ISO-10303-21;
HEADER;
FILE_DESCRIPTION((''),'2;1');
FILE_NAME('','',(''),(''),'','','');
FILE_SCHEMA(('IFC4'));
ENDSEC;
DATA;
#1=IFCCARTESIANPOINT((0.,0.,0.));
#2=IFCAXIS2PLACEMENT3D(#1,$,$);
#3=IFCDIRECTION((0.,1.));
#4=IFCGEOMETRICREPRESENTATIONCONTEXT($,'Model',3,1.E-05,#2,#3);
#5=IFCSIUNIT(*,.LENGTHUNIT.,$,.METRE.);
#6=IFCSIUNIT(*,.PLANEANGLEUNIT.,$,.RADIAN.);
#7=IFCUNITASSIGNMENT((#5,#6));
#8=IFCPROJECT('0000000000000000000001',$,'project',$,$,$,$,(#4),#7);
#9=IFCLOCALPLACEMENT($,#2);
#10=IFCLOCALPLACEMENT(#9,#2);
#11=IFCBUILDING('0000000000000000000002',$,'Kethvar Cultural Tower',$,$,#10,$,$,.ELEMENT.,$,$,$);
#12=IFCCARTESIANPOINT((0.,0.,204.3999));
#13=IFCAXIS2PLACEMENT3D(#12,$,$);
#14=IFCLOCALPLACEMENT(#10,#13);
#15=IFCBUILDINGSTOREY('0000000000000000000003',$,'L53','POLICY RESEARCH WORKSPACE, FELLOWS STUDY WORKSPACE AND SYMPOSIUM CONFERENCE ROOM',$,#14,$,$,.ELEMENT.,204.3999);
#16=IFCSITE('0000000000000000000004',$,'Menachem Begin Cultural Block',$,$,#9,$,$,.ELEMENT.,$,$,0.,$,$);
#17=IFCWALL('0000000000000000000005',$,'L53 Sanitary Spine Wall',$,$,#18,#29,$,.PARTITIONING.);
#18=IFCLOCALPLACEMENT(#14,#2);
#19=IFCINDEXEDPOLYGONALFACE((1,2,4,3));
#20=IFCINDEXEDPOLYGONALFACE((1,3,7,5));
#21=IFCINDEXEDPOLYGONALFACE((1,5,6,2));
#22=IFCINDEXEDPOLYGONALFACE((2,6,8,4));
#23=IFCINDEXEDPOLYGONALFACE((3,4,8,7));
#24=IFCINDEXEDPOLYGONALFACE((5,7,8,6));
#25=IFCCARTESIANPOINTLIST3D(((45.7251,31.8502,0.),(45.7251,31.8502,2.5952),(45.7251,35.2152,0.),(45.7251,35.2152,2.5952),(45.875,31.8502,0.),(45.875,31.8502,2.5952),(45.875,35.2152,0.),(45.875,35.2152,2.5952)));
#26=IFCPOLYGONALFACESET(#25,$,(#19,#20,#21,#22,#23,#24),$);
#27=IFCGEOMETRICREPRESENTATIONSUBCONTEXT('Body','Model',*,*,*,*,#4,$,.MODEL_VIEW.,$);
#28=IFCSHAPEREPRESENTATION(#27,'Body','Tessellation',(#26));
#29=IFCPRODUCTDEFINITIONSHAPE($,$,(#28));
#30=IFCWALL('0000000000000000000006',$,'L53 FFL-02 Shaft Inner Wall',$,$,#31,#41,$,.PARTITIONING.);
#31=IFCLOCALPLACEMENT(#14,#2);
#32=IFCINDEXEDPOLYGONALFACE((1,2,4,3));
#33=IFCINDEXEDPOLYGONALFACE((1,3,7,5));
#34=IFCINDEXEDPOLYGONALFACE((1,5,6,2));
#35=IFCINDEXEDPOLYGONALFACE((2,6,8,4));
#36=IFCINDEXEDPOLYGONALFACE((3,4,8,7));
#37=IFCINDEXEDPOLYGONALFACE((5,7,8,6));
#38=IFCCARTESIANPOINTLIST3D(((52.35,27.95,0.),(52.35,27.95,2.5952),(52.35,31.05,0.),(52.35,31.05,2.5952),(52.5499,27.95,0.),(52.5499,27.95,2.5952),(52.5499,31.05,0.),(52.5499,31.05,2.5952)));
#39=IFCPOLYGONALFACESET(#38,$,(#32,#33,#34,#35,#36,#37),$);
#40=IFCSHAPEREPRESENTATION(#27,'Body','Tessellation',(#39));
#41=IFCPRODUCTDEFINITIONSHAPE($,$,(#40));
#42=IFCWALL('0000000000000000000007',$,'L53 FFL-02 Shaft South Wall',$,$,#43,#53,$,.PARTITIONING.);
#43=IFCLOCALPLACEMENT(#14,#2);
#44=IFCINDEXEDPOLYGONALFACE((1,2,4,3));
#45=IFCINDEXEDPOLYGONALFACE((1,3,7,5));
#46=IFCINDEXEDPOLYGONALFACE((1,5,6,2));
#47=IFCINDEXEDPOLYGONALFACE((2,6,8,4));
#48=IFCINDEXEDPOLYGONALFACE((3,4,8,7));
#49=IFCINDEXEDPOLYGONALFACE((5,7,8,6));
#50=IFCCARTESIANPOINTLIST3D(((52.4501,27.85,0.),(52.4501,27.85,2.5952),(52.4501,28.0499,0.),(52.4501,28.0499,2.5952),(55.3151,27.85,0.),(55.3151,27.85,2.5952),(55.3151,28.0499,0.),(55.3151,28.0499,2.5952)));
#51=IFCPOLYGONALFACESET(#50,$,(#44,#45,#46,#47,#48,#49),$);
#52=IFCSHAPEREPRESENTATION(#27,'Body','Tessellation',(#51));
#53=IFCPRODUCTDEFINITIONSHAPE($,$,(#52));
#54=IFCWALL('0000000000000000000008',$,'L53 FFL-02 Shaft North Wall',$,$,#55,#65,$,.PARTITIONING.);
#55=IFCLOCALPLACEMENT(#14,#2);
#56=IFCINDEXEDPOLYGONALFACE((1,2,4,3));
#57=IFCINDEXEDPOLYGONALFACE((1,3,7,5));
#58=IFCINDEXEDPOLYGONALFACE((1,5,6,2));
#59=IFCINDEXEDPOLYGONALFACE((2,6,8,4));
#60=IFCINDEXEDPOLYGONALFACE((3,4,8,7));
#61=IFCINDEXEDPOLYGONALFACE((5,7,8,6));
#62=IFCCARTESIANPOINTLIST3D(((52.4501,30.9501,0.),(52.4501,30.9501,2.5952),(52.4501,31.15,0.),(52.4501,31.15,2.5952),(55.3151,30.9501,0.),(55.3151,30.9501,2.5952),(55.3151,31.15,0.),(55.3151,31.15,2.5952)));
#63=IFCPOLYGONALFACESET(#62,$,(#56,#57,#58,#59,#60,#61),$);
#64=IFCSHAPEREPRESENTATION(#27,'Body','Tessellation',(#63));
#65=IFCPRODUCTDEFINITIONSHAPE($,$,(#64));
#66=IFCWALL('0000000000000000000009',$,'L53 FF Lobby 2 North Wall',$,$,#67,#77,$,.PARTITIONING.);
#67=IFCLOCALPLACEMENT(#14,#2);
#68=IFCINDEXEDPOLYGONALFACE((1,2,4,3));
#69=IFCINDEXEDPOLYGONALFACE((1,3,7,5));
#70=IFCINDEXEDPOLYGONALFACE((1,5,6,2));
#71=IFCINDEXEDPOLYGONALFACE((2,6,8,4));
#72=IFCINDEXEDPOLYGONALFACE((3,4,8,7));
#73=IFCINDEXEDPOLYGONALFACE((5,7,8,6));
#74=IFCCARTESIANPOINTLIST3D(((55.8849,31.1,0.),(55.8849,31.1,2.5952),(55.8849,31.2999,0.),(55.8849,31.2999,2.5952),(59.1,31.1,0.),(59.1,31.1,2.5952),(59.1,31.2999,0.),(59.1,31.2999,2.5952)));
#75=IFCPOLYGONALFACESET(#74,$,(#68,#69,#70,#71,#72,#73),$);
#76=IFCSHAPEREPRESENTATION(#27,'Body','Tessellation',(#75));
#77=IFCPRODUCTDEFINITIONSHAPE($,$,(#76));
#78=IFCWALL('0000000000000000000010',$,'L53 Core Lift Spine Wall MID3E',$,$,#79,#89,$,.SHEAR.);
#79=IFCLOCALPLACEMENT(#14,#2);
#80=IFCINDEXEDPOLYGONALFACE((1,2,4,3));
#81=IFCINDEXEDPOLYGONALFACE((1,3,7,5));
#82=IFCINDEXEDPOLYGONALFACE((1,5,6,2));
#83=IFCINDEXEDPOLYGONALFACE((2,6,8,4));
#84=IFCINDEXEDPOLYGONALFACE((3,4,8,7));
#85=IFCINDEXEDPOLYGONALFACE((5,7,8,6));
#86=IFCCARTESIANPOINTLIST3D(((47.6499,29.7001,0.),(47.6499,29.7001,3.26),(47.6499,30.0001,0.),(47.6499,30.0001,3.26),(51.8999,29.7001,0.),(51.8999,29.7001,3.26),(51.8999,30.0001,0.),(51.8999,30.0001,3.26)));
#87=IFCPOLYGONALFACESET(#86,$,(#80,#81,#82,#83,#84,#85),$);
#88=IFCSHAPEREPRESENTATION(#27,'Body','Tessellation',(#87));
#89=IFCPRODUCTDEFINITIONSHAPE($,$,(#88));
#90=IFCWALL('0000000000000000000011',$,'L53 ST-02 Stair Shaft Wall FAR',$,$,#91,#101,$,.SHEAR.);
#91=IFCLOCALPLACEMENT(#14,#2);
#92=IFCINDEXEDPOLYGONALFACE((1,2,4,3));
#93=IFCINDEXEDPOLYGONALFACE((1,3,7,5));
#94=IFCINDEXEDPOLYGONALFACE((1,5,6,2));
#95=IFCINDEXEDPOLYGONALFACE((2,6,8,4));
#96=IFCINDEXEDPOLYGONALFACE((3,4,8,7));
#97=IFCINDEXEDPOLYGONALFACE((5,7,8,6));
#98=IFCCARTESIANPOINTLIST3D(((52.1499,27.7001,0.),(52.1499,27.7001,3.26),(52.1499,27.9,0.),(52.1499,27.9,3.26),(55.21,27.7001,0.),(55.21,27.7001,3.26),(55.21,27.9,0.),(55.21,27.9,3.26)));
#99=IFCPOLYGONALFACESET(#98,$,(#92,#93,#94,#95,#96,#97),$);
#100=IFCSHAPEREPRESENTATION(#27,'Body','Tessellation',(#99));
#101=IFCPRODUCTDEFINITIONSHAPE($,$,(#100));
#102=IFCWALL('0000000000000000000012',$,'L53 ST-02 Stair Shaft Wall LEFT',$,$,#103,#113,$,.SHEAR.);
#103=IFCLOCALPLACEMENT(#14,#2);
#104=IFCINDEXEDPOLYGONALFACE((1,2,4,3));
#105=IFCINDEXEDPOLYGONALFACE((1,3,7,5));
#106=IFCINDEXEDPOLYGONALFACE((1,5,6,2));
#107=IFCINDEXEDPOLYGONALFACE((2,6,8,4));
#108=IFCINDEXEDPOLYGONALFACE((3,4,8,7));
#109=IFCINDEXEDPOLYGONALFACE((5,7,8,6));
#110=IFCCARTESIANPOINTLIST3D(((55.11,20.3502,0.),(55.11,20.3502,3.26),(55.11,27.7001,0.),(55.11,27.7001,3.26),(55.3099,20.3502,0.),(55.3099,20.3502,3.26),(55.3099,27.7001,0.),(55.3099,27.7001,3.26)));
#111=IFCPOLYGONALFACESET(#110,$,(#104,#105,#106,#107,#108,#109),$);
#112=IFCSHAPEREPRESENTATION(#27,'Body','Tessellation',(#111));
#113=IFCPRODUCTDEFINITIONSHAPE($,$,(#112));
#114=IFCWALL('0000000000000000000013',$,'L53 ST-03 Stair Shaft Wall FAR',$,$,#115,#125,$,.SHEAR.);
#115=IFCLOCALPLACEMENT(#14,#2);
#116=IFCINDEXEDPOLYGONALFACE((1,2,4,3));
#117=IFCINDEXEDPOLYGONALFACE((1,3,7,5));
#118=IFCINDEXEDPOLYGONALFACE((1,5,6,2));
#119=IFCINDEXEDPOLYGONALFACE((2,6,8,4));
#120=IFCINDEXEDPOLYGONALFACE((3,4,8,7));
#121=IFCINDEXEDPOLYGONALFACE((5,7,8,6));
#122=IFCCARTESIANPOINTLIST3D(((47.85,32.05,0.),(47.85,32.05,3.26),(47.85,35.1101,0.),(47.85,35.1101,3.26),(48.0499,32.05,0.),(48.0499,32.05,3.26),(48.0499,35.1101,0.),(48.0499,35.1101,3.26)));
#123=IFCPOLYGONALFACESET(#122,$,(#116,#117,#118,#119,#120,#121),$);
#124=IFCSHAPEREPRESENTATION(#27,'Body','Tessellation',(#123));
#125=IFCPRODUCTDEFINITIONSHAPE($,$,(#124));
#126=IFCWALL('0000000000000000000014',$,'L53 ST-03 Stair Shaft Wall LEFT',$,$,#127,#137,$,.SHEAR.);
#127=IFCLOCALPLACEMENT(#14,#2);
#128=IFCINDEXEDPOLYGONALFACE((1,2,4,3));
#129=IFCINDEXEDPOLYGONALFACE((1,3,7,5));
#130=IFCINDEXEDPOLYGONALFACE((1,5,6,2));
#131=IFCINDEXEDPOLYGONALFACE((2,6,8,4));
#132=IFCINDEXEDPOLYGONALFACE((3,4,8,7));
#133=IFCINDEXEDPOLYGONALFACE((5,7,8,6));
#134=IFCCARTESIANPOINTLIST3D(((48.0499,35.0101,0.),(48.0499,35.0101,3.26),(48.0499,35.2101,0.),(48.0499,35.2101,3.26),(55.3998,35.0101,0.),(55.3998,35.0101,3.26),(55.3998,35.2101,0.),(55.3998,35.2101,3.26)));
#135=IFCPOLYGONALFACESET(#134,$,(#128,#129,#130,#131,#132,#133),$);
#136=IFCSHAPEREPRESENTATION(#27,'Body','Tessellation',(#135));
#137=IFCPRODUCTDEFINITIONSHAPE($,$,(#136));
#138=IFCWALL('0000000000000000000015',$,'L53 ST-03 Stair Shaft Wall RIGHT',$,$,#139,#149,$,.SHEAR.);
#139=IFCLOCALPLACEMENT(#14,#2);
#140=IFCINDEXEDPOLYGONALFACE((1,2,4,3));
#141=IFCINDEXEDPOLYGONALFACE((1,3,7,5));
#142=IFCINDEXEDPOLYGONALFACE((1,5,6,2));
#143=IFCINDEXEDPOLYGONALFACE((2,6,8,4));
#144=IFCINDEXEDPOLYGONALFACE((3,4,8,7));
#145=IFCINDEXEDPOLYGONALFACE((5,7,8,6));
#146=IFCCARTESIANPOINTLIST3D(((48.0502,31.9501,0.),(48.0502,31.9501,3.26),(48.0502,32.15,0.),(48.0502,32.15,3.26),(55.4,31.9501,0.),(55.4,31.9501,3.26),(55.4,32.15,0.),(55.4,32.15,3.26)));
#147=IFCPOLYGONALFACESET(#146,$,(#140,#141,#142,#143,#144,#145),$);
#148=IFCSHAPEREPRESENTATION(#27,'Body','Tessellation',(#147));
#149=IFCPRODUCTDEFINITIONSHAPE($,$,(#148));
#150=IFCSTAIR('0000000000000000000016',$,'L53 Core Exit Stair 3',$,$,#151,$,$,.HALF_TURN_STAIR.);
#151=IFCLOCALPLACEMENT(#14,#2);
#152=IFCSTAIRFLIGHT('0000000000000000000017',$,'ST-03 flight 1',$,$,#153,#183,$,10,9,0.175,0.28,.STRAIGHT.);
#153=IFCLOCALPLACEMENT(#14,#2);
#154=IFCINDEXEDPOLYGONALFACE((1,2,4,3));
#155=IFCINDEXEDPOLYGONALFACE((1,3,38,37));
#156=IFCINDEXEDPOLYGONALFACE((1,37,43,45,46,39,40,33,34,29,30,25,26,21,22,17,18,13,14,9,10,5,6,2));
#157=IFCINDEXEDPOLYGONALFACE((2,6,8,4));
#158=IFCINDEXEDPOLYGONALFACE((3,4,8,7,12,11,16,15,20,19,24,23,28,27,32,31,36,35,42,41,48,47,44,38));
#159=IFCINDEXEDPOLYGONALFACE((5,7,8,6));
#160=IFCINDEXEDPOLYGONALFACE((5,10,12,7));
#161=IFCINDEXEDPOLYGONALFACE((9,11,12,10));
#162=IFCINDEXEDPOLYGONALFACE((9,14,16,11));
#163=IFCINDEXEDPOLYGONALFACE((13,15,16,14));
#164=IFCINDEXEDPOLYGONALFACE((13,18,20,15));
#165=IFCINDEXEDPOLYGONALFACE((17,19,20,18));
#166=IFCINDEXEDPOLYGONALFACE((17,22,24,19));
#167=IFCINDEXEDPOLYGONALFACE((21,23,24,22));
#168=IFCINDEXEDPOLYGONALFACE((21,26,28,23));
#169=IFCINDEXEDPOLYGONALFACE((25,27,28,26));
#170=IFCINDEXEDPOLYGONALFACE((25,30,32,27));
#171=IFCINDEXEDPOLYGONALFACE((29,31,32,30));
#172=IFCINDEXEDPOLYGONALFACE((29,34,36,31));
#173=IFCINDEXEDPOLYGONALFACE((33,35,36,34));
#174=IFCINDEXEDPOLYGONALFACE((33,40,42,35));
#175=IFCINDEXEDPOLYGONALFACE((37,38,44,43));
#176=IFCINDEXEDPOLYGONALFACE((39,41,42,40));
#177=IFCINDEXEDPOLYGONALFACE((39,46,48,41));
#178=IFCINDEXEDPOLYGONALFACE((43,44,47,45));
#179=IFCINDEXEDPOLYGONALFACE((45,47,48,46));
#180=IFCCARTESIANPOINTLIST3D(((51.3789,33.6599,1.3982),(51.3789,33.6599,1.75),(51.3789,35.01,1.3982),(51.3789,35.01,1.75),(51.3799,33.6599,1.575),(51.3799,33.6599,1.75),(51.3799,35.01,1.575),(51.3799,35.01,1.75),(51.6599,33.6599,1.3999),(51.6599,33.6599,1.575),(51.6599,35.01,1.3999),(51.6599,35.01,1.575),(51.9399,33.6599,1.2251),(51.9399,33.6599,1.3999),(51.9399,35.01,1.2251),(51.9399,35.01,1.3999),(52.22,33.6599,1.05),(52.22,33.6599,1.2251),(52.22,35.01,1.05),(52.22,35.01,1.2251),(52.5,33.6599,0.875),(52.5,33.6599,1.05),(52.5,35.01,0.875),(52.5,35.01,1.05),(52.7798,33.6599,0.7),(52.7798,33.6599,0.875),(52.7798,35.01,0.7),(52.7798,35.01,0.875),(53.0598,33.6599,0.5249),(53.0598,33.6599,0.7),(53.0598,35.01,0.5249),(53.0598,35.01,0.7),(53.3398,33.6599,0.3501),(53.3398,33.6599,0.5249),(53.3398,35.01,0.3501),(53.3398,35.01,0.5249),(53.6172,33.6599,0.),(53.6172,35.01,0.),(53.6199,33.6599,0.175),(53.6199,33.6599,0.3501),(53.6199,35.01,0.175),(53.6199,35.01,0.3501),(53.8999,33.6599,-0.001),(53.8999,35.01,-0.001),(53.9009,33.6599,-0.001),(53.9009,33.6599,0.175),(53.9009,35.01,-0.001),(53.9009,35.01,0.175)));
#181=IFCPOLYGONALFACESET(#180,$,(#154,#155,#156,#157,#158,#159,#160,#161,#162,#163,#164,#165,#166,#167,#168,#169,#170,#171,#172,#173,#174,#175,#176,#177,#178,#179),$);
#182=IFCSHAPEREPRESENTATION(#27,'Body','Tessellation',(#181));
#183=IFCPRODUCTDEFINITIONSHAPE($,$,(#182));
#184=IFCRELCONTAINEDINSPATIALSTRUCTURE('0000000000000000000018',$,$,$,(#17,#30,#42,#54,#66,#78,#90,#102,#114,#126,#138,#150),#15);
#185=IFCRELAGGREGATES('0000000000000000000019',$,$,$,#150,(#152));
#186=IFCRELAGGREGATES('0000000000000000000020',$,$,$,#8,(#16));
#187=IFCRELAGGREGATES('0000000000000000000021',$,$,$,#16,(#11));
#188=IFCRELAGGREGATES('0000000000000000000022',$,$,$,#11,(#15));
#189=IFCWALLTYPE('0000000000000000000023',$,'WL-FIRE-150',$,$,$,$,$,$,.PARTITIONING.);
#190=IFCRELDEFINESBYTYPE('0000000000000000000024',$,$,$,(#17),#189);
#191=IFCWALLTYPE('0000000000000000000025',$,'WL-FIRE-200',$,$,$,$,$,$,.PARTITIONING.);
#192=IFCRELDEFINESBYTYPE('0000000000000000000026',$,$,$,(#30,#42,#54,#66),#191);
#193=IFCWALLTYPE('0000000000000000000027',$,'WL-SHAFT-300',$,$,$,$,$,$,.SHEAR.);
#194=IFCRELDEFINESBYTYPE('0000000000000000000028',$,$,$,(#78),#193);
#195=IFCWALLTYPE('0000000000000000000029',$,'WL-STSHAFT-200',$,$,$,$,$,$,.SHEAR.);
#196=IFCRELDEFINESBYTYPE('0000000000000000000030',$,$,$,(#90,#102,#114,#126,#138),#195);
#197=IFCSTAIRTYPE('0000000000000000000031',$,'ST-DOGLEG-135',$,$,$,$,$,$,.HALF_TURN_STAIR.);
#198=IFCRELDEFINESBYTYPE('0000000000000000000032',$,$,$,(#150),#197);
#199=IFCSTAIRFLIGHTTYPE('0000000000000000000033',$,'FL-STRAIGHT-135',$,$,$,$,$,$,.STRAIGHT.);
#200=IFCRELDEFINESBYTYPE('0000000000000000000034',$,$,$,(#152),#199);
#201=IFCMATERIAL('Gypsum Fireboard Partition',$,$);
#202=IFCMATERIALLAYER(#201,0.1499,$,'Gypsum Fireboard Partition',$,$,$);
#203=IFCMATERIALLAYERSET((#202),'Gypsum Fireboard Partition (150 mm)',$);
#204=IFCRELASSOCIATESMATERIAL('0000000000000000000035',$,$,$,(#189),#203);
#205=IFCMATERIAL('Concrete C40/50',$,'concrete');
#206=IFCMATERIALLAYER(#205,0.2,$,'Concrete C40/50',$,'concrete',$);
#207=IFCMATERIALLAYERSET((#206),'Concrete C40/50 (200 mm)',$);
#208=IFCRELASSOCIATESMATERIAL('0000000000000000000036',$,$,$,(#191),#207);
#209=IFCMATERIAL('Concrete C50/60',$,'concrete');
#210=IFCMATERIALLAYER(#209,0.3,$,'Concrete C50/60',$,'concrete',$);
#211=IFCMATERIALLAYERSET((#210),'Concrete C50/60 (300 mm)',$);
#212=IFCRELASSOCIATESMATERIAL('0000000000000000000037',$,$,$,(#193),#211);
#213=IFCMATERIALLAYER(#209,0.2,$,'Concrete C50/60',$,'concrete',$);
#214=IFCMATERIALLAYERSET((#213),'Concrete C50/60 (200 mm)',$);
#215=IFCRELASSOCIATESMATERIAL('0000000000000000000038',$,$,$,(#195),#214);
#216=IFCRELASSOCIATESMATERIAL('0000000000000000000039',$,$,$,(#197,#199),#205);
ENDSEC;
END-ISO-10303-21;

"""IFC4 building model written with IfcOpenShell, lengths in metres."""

from ifc_helpers import new_model, si_unit, direction, frame, frame_2d, origin, place, context, subcontext, project, spatial, polyline, rectangle, outline, extrude, material, layer, layer_set, type_object, element, aggregate, save


model = new_model("IFC4")

# Units and contexts
model_context = context("Model", 3, precision=1e-05, world=origin(), true_north=direction((0.0, 1.0)))
body_context = subcontext(model_context, "Body", "Model", "MODEL_VIEW")
ifc_project = project(units=[si_unit("LENGTHUNIT", "METRE"), si_unit("PLANEANGLEUNIT", "RADIAN")], contexts=[model_context])

# Site, building, storey
site_placement = place(None, origin())
site = spatial("IfcSite", under=ifc_project, at=site_placement, Name="Menachem Begin Cultural Block", CompositionType="ELEMENT", RefElevation=0.0)
building_placement = place(site_placement, origin())
building = spatial("IfcBuilding", under=site, at=building_placement, Name="Kethvar Cultural Tower", CompositionType="ELEMENT")
storey_placement = place(building_placement, frame((0.0, 0.0, 204.3999)))
storey = spatial("IfcBuildingStorey", under=building, at=storey_placement, Name="L53", Description="POLICY RESEARCH WORKSPACE, FELLOWS STUDY WORKSPACE AND SYMPOSIUM CONFERENCE ROOM", CompositionType="ELEMENT", Elevation=204.3999)

# Walls
ifc_material_1 = material(Name="Gypsum Fireboard Partition")
ifc_layer_1 = layer(ifc_material_1, 0.1499, Name="Gypsum Fireboard Partition")
ifc_layer_set_1 = layer_set([ifc_layer_1], Name="Gypsum Fireboard Partition (150 mm)")
wall_type_1 = type_object("IfcWallType", Name="WL-FIRE-150", PredefinedType="PARTITIONING", material=ifc_layer_set_1)
wall_1_placement = place(storey_placement, frame((45.8, 31.8501, 0.0), z_axis=(0.0, 0.0, 1.0), x_axis=(0.0, 1.0, 0.0)))
element("IfcWall", 1, at=wall_1_placement, inside=storey, type_object=wall_type_1, Name="L53 Sanitary Spine Wall", PredefinedType="PARTITIONING", context=body_context, shape_type="SweptSolid", body=[
    extrude(rectangle(XDim=3.365, YDim=0.1499, at=frame_2d((1.6826, 0.0))), origin(), (0.0, 0.0, 1.0), 2.5952),
])
ifc_material_2 = material(Name="Concrete C40/50", Category="concrete")
ifc_layer_2 = layer(ifc_material_2, 0.2, Name="Concrete C40/50", Category="concrete")
ifc_layer_set_2 = layer_set([ifc_layer_2], Name="Concrete C40/50 (200 mm)")
wall_type_2 = type_object("IfcWallType", Name="WL-FIRE-200", PredefinedType="PARTITIONING", material=ifc_layer_set_2)
wall_2_placement = place(storey_placement, frame((52.45, 27.95, 0.0), z_axis=(0.0, 0.0, 1.0), x_axis=(0.0, 1.0, 0.0)))
element("IfcWall", 2, at=wall_2_placement, inside=storey, type_object=wall_type_2, Name="L53 FFL-02 Shaft Inner Wall", PredefinedType="PARTITIONING", context=body_context, shape_type="SweptSolid", body=[
    extrude(rectangle(XDim=3.1001, YDim=0.2, at=frame_2d((1.55, 0.0))), origin(), (0.0, 0.0, 1.0), 2.5952),
])
for number, where, z_axis, x_axis, name in (
    (3, (52.45, 27.95, 0.0), (0.0, 0.0, 1.0), (1.0, 0.0, 0.0), "L53 FFL-02 Shaft South Wall"),
    (4, (52.45, 31.05, 0.0), (0.0, 0.0, 1.0), (1.0, 0.0, 0.0), "L53 FFL-02 Shaft North Wall"),
):
    element("IfcWall", number, at=place(storey_placement, frame(where, z_axis=z_axis, x_axis=x_axis)), inside=storey, type_object=wall_type_2, Name=name, PredefinedType="PARTITIONING", context=body_context, shape_type="SweptSolid", body=[
        extrude(rectangle(XDim=2.865, YDim=0.2, at=frame_2d((1.4326, 0.0))), origin(), (0.0, 0.0, 1.0), 2.5952),
    ])
wall_3_placement = place(storey_placement, frame((55.885, 31.2, 0.0), z_axis=(0.0, 0.0, 1.0), x_axis=(1.0, 0.0, 0.0)))
element("IfcWall", 5, at=wall_3_placement, inside=storey, type_object=wall_type_2, Name="L53 FF Lobby 2 North Wall", PredefinedType="PARTITIONING", context=body_context, shape_type="SweptSolid", body=[
    extrude(rectangle(XDim=3.2151, YDim=0.2, at=frame_2d((1.6074, 0.0))), origin(), (0.0, 0.0, 1.0), 2.5952),
])
ifc_material_3 = material(Name="Concrete C50/60", Category="concrete")
ifc_layer_3 = layer(ifc_material_3, 0.3, Name="Concrete C50/60", Category="concrete")
ifc_layer_set_3 = layer_set([ifc_layer_3], Name="Concrete C50/60 (300 mm)")
wall_type_3 = type_object("IfcWallType", Name="WL-SHAFT-300", PredefinedType="SHEAR", material=ifc_layer_set_3)
wall_4_placement = place(storey_placement, frame((47.6499, 29.8501, 0.0), z_axis=(0.0, 0.0, 1.0), x_axis=(1.0, 0.0, 0.0)))
element("IfcWall", 6, at=wall_4_placement, inside=storey, type_object=wall_type_3, Name="L53 Core Lift Spine Wall MID3E", PredefinedType="SHEAR", context=body_context, shape_type="SweptSolid", body=[
    extrude(rectangle(XDim=4.25, YDim=0.3, at=frame_2d((2.125, 0.0))), origin(), (0.0, 0.0, 1.0), 3.26),
])
ifc_layer_4 = layer(ifc_material_3, 0.2, Name="Concrete C50/60", Category="concrete")
ifc_layer_set_4 = layer_set([ifc_layer_4], Name="Concrete C50/60 (200 mm)")
wall_type_4 = type_object("IfcWallType", Name="WL-STSHAFT-200", PredefinedType="SHEAR", material=ifc_layer_set_4)
wall_5_placement = place(storey_placement, frame((52.1499, 27.8, 0.0), z_axis=(0.0, 0.0, 1.0), x_axis=(1.0, 0.0, 0.0)))
element("IfcWall", 7, at=wall_5_placement, inside=storey, type_object=wall_type_4, Name="L53 ST-02 Stair Shaft Wall FAR", PredefinedType="SHEAR", context=body_context, shape_type="SweptSolid", body=[
    extrude(rectangle(XDim=3.0601, YDim=0.2, at=frame_2d((1.53, 0.0))), origin(), (0.0, 0.0, 1.0), 3.26),
])
wall_6_placement = place(storey_placement, frame((55.21, 27.7, 0.0), z_axis=(0.0, 0.0, 1.0), x_axis=(0.0, -1.0, 0.0)))
element("IfcWall", 8, at=wall_6_placement, inside=storey, type_object=wall_type_4, Name="L53 ST-02 Stair Shaft Wall LEFT", PredefinedType="SHEAR", context=body_context, shape_type="SweptSolid", body=[
    extrude(rectangle(XDim=7.3499, YDim=0.2, at=frame_2d((3.6748, 0.0))), origin(), (0.0, 0.0, 1.0), 3.26),
])
wall_7_placement = place(storey_placement, frame((47.95, 32.05, 0.0), z_axis=(0.0, 0.0, 1.0), x_axis=(0.0, 1.0, 0.0)))
element("IfcWall", 9, at=wall_7_placement, inside=storey, type_object=wall_type_4, Name="L53 ST-03 Stair Shaft Wall FAR", PredefinedType="SHEAR", context=body_context, shape_type="SweptSolid", body=[
    extrude(rectangle(XDim=3.0601, YDim=0.2, at=frame_2d((1.53, 0.0))), origin(), (0.0, 0.0, 1.0), 3.26),
])
for number, where, z_axis, x_axis, name in (
    (10, (48.05, 35.1101, 0.0), (0.0, 0.0, 1.0), (1.0, 0.0, 0.0), "L53 ST-03 Stair Shaft Wall LEFT"),
    (11, (55.3999, 32.05, 0.0), (0.0, 0.0, 1.0), (-1.0, 0.0, 0.0), "L53 ST-03 Stair Shaft Wall RIGHT"),
):
    element("IfcWall", number, at=place(storey_placement, frame(where, z_axis=z_axis, x_axis=x_axis)), inside=storey, type_object=wall_type_4, Name=name, PredefinedType="SHEAR", context=body_context, shape_type="SweptSolid", body=[
        extrude(rectangle(XDim=7.3499, YDim=0.2, at=frame_2d((3.6748, 0.0))), origin(), (0.0, 0.0, 1.0), 3.26),
    ])

# Stair, stair flight
stair_type = type_object("IfcStairType", Name="ST-DOGLEG-135", PredefinedType="HALF_TURN_STAIR", material=ifc_material_2)
stair_placement = place(storey_placement, origin())
stair = element("IfcStair", 12, at=stair_placement, inside=storey, type_object=stair_type, Name="L53 Core Exit Stair 3", PredefinedType="HALF_TURN_STAIR")
stair_flight_type = type_object("IfcStairFlightType", Name="FL-STRAIGHT-135", PredefinedType="STRAIGHT", material=ifc_material_2)
stair_flight_1_placement = place(storey_placement, frame((53.8999, 34.335, 0.0), z_axis=(0.0, 0.0, 1.0), x_axis=(-1.0, 0.0, 0.0)))
stair_flight_1 = element("IfcStairFlight", 13, at=stair_flight_1_placement, type_object=stair_flight_type, Name="ST-03 flight 1", NumberOfRisers=10, NumberOfTreads=9, PredefinedType="STRAIGHT", RiserHeight=0.175, TreadLength=0.28, context=body_context, shape_type="SweptSolid", body=[
    extrude(outline(polyline([(-0.001, -0.001), (-0.001, 0.175), (0.28, 0.175), (0.28, 0.3501), (0.5601, 0.3501), (0.5601, 0.5249), (0.8401, 0.5249), (0.8401, 0.7), (1.1201, 0.7), (1.1201, 0.875), (1.3999, 0.875), (1.3999, 1.05), (1.6799, 1.05), (1.6799, 1.2251), (1.96, 1.2251), (1.96, 1.3999), (2.24, 1.3999), (2.24, 1.575), (2.52, 1.575), (2.52, 1.75), (2.521, 1.75), (2.521, 1.3982), (0.2827, 0.0), (0.0, -0.001), (-0.001, -0.001)])), frame((0.0, 0.675, 0.0), z_axis=(0.0, -1.0, 0.0), x_axis=(1.0, 0.0, 0.0)), (0.0, 0.0, 1.0), 1.3501),
])
aggregate(stair, [stair_flight_1])

save(model, "model.ifc")
